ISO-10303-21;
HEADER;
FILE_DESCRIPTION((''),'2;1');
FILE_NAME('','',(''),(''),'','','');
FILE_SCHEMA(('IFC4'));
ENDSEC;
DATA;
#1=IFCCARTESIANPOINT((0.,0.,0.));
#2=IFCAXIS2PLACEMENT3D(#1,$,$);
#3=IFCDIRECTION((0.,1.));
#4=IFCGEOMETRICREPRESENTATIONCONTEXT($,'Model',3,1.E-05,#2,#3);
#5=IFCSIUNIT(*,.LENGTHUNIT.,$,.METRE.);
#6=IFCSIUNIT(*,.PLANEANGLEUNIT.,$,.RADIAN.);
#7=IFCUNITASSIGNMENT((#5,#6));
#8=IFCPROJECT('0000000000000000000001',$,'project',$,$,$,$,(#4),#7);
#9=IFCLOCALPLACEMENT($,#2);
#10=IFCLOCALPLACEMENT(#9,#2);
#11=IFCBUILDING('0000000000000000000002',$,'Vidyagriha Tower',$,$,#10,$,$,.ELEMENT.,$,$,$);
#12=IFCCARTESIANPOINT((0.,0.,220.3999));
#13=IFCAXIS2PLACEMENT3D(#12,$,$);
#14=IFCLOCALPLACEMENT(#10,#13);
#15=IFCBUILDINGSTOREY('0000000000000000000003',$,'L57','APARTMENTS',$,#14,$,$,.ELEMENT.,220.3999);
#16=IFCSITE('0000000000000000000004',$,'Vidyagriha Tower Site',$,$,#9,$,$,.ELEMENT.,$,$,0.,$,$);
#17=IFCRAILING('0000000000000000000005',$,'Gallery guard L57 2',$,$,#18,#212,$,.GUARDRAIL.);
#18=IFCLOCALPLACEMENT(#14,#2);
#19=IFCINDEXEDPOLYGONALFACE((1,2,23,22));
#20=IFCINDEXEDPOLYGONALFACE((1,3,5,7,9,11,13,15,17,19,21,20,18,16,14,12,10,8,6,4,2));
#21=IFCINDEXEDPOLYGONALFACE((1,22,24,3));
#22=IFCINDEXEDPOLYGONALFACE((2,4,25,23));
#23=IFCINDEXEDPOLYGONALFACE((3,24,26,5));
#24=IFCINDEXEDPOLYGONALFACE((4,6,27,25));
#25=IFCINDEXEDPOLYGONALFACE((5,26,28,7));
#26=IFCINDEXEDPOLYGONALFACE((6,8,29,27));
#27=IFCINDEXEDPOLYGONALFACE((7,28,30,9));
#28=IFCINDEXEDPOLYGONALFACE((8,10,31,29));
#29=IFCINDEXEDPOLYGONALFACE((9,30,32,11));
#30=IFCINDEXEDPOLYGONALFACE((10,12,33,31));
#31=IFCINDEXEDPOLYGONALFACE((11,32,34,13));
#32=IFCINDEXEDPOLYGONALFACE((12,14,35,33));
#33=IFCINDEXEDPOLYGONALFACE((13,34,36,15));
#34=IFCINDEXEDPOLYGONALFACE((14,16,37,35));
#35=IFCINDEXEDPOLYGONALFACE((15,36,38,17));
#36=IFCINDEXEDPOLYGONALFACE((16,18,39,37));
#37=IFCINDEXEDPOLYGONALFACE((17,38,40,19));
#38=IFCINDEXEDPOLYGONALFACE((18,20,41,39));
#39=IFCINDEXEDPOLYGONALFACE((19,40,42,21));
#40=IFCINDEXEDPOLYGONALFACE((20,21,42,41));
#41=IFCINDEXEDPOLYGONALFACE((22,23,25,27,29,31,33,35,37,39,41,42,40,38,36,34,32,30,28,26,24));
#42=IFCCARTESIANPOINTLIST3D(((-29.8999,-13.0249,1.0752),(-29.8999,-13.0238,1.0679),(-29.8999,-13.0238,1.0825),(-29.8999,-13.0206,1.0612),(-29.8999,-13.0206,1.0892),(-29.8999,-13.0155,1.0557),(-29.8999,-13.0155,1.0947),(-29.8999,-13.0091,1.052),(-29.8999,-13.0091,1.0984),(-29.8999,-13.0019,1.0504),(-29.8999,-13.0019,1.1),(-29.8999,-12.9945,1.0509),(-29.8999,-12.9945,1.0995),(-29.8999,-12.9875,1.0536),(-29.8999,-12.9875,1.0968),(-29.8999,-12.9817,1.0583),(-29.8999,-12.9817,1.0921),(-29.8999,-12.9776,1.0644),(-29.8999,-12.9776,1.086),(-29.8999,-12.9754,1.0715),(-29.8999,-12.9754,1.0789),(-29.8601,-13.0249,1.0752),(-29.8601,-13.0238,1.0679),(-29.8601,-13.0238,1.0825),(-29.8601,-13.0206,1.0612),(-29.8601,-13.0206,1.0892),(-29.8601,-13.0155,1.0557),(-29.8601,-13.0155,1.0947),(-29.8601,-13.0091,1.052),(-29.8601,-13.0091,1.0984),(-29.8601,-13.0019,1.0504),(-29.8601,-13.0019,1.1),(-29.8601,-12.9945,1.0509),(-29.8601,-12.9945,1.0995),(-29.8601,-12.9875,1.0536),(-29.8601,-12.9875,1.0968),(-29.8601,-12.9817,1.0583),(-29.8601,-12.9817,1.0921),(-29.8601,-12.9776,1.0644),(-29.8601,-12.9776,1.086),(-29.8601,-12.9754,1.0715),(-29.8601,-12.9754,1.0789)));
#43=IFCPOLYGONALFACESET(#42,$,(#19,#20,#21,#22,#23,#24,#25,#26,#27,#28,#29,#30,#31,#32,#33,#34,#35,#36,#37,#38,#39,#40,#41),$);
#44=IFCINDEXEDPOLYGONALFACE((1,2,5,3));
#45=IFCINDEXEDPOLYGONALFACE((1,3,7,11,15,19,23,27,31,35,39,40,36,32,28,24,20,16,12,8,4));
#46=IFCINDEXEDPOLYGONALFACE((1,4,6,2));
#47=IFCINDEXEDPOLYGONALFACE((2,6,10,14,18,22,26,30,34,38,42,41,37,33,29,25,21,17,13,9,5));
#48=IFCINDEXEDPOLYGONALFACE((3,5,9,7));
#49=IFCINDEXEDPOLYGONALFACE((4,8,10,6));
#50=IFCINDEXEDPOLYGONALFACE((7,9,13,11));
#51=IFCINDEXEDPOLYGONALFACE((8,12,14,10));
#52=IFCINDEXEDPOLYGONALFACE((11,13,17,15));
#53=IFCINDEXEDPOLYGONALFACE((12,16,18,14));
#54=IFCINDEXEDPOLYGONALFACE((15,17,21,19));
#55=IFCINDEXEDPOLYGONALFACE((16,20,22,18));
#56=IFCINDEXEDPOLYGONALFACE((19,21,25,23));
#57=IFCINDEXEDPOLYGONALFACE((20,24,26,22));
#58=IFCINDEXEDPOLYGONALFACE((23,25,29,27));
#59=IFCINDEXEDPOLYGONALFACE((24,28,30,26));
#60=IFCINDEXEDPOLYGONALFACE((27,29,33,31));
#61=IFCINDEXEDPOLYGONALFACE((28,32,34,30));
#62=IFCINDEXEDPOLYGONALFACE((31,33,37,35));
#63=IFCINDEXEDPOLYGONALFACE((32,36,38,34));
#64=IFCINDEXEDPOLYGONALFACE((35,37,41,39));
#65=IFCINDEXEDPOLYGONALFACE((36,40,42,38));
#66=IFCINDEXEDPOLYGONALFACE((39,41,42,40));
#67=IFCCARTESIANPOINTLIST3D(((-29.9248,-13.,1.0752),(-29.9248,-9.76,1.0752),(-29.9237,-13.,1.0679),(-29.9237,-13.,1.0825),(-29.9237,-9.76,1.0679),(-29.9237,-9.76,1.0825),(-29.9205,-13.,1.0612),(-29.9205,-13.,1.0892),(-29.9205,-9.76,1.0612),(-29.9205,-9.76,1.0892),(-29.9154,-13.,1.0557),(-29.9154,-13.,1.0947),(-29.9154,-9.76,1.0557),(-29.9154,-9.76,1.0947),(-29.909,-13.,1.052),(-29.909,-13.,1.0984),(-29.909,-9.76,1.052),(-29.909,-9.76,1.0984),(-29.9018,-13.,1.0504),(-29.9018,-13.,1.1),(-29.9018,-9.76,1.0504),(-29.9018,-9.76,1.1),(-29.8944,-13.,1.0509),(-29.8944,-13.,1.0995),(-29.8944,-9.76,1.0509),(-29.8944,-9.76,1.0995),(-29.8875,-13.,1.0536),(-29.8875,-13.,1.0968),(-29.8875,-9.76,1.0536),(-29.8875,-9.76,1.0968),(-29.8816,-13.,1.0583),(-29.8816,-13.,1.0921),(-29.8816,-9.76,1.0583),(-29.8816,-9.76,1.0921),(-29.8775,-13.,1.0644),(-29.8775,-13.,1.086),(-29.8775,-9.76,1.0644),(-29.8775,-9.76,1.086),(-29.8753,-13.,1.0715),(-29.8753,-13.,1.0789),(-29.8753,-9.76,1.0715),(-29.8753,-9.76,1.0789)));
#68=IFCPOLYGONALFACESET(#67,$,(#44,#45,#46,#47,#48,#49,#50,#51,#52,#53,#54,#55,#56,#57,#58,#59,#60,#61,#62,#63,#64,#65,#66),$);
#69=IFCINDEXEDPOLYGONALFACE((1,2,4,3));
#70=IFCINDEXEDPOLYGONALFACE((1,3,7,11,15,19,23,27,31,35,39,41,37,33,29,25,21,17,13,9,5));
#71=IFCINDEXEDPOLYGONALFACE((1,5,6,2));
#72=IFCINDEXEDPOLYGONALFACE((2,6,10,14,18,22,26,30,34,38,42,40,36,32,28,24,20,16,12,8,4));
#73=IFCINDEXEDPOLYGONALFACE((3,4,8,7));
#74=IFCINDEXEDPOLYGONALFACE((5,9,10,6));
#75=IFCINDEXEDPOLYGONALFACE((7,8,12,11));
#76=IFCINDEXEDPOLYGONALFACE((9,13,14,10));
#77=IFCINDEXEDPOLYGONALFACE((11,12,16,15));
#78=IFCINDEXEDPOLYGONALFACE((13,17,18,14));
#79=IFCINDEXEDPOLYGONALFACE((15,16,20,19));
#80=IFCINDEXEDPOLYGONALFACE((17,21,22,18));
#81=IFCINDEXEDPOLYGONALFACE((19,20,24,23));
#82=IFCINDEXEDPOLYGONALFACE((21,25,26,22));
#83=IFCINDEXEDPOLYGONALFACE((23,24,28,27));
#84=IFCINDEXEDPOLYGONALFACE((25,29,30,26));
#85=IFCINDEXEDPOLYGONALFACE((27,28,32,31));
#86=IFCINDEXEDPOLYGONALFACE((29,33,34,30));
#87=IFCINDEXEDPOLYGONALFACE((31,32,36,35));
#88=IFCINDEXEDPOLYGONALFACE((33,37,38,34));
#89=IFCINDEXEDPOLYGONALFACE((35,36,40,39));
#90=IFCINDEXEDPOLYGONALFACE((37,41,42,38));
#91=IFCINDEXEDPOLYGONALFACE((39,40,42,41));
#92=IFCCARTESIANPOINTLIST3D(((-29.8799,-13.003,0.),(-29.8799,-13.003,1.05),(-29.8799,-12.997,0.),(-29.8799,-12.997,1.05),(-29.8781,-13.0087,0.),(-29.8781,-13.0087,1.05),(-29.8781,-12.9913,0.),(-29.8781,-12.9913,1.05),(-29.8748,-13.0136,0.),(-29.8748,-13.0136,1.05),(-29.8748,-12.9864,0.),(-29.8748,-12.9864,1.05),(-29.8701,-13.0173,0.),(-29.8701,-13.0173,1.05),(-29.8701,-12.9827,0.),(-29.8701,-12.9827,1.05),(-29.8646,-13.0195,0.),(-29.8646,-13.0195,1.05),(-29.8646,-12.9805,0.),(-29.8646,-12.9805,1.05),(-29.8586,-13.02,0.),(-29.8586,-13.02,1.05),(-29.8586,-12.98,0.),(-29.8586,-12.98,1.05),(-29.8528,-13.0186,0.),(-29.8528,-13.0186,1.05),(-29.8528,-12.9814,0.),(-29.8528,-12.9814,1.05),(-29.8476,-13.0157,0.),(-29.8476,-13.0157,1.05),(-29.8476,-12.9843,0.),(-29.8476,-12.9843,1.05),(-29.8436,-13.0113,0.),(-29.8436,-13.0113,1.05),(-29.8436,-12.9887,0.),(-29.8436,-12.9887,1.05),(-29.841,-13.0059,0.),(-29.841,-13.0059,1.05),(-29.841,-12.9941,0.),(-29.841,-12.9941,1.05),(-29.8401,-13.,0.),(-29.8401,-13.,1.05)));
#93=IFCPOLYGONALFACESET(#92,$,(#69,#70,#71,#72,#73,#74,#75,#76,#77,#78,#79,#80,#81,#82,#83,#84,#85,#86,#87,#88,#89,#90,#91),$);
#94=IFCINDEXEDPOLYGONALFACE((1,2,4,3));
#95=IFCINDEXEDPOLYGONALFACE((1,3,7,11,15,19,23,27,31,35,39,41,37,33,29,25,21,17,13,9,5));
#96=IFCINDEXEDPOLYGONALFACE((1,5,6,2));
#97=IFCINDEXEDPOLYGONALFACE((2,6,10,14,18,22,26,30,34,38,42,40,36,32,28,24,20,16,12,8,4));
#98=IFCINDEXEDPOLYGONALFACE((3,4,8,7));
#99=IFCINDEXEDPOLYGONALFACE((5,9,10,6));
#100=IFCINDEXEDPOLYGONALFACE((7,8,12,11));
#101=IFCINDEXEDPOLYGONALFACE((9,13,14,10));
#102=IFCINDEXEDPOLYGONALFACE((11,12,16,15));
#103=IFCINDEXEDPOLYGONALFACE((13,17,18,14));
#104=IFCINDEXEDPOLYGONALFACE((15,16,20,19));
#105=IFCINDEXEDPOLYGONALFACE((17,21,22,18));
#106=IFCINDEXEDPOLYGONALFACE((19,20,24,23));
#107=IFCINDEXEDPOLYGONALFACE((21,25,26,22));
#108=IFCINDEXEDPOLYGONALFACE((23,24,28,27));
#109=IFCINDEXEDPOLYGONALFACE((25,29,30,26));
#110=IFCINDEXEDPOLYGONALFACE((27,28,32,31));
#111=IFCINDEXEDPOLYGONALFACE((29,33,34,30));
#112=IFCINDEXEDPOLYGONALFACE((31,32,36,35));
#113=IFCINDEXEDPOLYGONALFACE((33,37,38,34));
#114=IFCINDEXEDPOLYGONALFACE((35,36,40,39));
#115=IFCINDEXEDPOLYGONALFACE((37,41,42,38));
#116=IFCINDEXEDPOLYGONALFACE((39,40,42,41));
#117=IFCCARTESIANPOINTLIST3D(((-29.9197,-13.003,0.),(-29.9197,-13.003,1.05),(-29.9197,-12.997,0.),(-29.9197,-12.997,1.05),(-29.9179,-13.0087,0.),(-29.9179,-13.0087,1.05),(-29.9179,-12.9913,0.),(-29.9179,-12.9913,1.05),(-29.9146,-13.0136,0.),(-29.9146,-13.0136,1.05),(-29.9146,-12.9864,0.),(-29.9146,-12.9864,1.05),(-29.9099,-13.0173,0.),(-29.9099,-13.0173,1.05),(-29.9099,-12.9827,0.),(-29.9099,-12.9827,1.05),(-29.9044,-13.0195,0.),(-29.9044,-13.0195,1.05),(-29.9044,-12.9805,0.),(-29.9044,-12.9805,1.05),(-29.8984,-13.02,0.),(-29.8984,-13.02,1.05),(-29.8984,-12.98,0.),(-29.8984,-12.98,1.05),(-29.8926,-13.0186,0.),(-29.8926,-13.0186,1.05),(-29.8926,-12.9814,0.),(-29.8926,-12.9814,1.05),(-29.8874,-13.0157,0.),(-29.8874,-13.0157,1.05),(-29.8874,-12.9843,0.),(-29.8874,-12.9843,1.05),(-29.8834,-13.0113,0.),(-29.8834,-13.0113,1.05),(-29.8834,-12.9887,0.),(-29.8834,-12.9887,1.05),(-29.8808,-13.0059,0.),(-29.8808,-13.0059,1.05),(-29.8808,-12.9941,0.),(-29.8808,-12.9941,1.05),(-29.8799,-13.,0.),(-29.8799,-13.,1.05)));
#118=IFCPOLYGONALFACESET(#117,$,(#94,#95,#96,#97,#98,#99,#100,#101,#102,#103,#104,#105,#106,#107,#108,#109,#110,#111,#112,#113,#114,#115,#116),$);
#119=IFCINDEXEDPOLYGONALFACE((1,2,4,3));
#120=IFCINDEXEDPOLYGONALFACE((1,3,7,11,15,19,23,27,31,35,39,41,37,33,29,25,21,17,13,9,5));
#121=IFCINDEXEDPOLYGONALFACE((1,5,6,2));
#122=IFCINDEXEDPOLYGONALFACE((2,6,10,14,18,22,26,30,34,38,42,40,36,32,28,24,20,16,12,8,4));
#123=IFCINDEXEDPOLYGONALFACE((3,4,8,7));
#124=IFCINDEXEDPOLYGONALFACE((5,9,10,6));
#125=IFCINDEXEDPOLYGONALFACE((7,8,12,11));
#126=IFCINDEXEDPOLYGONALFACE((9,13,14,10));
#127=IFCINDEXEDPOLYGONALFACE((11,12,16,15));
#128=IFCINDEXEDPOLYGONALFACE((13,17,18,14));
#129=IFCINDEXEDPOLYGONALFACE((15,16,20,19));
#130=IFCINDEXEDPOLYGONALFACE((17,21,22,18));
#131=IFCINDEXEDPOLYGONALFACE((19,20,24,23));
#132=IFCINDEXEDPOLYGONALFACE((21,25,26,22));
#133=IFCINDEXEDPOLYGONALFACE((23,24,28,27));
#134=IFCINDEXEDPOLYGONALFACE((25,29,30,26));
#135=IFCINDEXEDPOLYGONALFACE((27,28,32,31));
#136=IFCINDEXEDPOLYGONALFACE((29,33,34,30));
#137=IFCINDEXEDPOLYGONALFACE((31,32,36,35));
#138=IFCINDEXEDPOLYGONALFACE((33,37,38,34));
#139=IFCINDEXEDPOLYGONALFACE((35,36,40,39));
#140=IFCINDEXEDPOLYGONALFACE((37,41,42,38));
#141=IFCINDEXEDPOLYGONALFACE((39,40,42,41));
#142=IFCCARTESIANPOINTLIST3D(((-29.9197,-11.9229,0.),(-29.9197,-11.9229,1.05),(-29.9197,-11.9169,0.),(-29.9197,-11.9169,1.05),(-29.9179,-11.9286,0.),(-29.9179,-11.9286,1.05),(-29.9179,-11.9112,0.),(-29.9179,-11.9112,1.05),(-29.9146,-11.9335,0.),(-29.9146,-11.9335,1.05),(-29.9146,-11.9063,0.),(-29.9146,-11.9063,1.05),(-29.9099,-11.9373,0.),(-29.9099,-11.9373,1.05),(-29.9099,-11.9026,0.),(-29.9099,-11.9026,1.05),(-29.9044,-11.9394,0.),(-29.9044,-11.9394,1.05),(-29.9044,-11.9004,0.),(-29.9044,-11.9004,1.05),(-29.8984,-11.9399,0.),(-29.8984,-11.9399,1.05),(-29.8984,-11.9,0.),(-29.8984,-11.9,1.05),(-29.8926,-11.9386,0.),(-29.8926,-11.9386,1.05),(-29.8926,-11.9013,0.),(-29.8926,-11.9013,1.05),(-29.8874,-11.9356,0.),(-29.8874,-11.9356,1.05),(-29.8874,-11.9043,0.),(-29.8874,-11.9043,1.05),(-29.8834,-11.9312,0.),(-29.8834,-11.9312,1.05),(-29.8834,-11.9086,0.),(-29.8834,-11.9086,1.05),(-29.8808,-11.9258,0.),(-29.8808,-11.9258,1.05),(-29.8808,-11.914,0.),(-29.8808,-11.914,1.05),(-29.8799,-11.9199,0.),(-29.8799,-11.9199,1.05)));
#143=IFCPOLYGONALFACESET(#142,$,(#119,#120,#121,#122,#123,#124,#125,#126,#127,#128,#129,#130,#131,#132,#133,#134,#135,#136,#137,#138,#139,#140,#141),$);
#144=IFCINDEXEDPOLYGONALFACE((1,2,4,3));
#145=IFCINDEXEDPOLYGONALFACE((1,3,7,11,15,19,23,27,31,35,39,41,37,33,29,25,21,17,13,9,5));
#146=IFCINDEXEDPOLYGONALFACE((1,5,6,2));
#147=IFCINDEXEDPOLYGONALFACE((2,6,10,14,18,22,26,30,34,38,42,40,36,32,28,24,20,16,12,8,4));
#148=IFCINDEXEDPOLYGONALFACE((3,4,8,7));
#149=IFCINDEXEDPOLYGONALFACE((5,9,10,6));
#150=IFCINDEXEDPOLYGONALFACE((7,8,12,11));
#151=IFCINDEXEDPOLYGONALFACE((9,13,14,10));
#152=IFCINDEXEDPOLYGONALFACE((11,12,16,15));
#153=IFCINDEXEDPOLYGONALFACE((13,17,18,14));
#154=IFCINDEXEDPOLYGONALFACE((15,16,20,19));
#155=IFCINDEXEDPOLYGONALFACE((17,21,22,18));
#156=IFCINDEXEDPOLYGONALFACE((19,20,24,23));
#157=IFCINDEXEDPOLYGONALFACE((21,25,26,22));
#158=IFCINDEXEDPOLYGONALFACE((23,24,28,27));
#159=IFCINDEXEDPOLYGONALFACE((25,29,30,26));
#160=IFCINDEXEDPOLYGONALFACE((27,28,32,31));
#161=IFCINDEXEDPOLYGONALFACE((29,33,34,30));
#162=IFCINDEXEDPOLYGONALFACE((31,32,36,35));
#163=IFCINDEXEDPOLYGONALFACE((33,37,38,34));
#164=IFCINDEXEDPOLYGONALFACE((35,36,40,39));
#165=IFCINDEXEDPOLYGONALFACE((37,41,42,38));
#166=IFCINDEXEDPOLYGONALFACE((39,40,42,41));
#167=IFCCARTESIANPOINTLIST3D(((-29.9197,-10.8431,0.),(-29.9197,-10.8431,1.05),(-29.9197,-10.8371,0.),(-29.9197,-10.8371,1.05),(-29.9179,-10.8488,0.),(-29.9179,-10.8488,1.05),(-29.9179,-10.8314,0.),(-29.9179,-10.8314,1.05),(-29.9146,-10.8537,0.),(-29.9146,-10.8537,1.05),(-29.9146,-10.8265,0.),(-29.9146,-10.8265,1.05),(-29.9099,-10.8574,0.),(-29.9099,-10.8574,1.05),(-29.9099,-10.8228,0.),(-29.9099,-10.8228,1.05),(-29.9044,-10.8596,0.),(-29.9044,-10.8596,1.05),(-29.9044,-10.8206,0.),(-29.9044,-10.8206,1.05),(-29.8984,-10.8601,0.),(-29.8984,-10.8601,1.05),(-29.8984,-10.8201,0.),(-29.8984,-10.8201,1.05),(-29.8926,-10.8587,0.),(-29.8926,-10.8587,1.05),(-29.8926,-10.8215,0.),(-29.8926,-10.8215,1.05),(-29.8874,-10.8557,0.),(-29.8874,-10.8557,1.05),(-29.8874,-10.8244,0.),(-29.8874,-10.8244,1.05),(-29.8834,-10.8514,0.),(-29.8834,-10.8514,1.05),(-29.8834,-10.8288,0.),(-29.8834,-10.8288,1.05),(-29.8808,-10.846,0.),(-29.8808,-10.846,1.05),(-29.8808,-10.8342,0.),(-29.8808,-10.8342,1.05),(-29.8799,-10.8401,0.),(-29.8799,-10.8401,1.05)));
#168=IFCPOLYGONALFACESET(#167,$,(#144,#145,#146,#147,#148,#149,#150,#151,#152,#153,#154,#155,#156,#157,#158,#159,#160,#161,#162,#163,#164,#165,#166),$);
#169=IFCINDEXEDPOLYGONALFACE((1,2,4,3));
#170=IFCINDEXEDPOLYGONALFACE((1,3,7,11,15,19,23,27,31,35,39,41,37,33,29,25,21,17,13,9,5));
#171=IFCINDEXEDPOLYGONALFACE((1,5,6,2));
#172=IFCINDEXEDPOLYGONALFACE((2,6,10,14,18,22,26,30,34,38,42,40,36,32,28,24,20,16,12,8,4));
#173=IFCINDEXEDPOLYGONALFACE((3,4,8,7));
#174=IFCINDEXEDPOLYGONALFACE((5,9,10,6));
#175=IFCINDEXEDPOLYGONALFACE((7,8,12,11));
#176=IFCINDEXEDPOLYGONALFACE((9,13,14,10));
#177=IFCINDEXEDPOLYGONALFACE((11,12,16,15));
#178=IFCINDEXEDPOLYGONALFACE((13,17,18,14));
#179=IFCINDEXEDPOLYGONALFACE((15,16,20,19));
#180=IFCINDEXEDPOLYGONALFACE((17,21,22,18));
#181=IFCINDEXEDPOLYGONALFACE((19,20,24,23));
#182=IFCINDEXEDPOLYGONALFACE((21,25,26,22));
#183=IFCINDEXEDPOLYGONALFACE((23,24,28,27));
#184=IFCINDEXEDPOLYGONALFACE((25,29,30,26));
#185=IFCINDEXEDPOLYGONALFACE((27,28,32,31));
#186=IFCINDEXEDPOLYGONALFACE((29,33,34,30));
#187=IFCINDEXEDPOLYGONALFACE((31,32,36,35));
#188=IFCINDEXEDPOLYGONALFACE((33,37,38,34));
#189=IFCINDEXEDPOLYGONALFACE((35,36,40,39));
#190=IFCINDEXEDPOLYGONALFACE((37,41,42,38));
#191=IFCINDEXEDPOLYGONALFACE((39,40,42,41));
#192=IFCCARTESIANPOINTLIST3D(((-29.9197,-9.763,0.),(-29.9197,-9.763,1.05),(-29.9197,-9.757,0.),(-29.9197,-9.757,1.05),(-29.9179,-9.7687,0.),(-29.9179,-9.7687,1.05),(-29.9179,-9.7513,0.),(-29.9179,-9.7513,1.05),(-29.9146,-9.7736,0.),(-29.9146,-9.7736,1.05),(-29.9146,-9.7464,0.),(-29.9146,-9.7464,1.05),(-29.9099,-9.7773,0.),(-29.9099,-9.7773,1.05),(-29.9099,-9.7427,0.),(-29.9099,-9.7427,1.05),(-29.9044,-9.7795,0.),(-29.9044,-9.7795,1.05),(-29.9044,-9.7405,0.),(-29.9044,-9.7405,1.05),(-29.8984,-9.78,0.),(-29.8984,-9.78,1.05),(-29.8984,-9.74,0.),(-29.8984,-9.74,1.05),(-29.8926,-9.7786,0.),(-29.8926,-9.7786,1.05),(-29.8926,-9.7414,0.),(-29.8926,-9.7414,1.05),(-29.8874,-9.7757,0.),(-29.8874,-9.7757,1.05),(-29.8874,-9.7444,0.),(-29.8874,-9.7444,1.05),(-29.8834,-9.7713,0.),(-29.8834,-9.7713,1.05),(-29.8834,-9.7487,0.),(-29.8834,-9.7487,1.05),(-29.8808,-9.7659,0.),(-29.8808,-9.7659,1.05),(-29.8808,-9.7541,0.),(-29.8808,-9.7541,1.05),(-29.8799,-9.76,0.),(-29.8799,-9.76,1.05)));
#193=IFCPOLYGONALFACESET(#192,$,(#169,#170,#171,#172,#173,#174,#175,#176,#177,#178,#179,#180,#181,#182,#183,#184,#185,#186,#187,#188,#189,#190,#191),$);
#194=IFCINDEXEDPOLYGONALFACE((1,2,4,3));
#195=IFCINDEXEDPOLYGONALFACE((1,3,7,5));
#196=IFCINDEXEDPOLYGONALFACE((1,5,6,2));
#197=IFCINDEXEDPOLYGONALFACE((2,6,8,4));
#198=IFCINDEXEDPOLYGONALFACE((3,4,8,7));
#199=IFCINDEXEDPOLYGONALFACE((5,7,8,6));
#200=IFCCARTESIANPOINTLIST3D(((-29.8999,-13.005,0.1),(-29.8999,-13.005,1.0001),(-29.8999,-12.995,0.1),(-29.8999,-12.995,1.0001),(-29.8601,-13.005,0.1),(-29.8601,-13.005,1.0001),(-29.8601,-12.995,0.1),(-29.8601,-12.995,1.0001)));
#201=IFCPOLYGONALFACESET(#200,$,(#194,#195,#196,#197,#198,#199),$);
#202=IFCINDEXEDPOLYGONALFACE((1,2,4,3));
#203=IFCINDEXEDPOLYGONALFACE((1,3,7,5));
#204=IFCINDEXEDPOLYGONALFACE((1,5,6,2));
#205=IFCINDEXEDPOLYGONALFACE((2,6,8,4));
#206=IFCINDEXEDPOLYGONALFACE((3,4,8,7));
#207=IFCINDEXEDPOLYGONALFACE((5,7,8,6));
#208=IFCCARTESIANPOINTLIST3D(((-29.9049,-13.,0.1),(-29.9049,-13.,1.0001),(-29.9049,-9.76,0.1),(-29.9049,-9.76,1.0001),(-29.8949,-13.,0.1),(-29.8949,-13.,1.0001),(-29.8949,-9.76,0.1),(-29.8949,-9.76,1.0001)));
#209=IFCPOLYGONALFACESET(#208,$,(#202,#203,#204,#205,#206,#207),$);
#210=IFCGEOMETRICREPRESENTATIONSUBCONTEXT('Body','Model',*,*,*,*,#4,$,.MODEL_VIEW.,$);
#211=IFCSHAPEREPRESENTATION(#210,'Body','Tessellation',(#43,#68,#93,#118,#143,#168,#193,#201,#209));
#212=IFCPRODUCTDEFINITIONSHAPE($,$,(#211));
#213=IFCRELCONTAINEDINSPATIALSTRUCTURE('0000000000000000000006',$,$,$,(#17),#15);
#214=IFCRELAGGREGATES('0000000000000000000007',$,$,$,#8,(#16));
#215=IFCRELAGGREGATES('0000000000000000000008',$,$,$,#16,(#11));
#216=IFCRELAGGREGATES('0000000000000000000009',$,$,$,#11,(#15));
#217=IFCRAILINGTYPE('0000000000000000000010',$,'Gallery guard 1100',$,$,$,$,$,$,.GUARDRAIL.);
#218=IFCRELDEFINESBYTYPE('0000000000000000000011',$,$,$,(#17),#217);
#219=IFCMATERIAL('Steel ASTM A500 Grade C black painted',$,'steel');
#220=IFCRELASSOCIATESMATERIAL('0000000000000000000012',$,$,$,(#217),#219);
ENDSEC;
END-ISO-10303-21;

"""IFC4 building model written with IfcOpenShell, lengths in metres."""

from ifc_helpers import new_model, si_unit, direction, frame, origin, origin_2d, place, context, subcontext, project, spatial, rectangle, circle, extrude, material, type_object, element, save


model = new_model("IFC4")

# Units and contexts
model_context = context("Model", 3, precision=1e-05, world=origin(), true_north=direction((0.0, 1.0)))
body_context = subcontext(model_context, "Body", "Model", "MODEL_VIEW")
ifc_project = project(units=[si_unit("LENGTHUNIT", "METRE"), si_unit("PLANEANGLEUNIT", "RADIAN")], contexts=[model_context])

# Site, building, storey
site_placement = place(None, origin())
site = spatial("IfcSite", under=ifc_project, at=site_placement, Name="Vidyagriha Tower Site", CompositionType="ELEMENT", RefElevation=0.0)
building_placement = place(site_placement, origin())
building = spatial("IfcBuilding", under=site, at=building_placement, Name="Vidyagriha Tower", CompositionType="ELEMENT")
storey_placement = place(building_placement, frame((0.0, 0.0, 220.3999)))
storey = spatial("IfcBuildingStorey", under=building, at=storey_placement, Name="L57", Description="APARTMENTS", CompositionType="ELEMENT", Elevation=220.3999)

# Railing
ifc_material_1 = material(Name="Steel ASTM A500 Grade C black painted", Category="steel")
railing_type_1 = type_object("IfcRailingType", Name="Gallery guard 1100", PredefinedType="GUARDRAIL", material=ifc_material_1)
railing_1_placement = place(storey_placement, frame((-29.8601, -13.0, 0.0)))
element("IfcRailing", 1, at=railing_1_placement, inside=storey, type_object=railing_type_1, Name="Gallery guard L57 2", PredefinedType="GUARDRAIL", context=body_context, shape_type="SweptSolid", body=[
    extrude(circle(Radius=0.0249, at=origin_2d()), frame((0.0, 0.0, 1.0752), z_axis=(-1.0, 0.0, 0.0), x_axis=(0.0, -1.0, 0.0)), (0.0, 0.0, 1.0), 0.0398),
    extrude(circle(Radius=0.0249, at=origin_2d()), frame((-0.0398, 0.0, 1.0752), z_axis=(0.0, 1.0, 0.0), x_axis=(-1.0, 0.0, 0.0)), (0.0, 0.0, 1.0), 3.24),
    extrude(circle(Radius=0.02, at=origin_2d()), origin(), (0.0, 0.0, 1.0), 1.05),
    extrude(circle(Radius=0.02, at=origin_2d()), frame((-0.0398, 0.0, 0.0)), (0.0, 0.0, 1.0), 1.05),
    extrude(circle(Radius=0.02, at=origin_2d()), frame((-0.0398, 1.0801, 0.0)), (0.0, 0.0, 1.0), 1.05),
    extrude(circle(Radius=0.02, at=origin_2d()), frame((-0.0398, 2.1599, 0.0)), (0.0, 0.0, 1.0), 1.05),
    extrude(circle(Radius=0.02, at=origin_2d()), frame((-0.0398, 3.24, 0.0)), (0.0, 0.0, 1.0), 1.05),
    extrude(rectangle(XDim=0.01, YDim=0.9001, at=origin_2d()), frame((0.0, 0.0, 0.55), z_axis=(-1.0, 0.0, 0.0), x_axis=(0.0, -1.0, 0.0)), (0.0, 0.0, 1.0), 0.0398),
    extrude(rectangle(XDim=0.01, YDim=0.9001, at=origin_2d()), frame((-0.0398, 0.0, 0.55), z_axis=(0.0, 1.0, 0.0), x_axis=(-1.0, 0.0, 0.0)), (0.0, 0.0, 1.0), 3.24),
])

save(model, "model.ifc")
